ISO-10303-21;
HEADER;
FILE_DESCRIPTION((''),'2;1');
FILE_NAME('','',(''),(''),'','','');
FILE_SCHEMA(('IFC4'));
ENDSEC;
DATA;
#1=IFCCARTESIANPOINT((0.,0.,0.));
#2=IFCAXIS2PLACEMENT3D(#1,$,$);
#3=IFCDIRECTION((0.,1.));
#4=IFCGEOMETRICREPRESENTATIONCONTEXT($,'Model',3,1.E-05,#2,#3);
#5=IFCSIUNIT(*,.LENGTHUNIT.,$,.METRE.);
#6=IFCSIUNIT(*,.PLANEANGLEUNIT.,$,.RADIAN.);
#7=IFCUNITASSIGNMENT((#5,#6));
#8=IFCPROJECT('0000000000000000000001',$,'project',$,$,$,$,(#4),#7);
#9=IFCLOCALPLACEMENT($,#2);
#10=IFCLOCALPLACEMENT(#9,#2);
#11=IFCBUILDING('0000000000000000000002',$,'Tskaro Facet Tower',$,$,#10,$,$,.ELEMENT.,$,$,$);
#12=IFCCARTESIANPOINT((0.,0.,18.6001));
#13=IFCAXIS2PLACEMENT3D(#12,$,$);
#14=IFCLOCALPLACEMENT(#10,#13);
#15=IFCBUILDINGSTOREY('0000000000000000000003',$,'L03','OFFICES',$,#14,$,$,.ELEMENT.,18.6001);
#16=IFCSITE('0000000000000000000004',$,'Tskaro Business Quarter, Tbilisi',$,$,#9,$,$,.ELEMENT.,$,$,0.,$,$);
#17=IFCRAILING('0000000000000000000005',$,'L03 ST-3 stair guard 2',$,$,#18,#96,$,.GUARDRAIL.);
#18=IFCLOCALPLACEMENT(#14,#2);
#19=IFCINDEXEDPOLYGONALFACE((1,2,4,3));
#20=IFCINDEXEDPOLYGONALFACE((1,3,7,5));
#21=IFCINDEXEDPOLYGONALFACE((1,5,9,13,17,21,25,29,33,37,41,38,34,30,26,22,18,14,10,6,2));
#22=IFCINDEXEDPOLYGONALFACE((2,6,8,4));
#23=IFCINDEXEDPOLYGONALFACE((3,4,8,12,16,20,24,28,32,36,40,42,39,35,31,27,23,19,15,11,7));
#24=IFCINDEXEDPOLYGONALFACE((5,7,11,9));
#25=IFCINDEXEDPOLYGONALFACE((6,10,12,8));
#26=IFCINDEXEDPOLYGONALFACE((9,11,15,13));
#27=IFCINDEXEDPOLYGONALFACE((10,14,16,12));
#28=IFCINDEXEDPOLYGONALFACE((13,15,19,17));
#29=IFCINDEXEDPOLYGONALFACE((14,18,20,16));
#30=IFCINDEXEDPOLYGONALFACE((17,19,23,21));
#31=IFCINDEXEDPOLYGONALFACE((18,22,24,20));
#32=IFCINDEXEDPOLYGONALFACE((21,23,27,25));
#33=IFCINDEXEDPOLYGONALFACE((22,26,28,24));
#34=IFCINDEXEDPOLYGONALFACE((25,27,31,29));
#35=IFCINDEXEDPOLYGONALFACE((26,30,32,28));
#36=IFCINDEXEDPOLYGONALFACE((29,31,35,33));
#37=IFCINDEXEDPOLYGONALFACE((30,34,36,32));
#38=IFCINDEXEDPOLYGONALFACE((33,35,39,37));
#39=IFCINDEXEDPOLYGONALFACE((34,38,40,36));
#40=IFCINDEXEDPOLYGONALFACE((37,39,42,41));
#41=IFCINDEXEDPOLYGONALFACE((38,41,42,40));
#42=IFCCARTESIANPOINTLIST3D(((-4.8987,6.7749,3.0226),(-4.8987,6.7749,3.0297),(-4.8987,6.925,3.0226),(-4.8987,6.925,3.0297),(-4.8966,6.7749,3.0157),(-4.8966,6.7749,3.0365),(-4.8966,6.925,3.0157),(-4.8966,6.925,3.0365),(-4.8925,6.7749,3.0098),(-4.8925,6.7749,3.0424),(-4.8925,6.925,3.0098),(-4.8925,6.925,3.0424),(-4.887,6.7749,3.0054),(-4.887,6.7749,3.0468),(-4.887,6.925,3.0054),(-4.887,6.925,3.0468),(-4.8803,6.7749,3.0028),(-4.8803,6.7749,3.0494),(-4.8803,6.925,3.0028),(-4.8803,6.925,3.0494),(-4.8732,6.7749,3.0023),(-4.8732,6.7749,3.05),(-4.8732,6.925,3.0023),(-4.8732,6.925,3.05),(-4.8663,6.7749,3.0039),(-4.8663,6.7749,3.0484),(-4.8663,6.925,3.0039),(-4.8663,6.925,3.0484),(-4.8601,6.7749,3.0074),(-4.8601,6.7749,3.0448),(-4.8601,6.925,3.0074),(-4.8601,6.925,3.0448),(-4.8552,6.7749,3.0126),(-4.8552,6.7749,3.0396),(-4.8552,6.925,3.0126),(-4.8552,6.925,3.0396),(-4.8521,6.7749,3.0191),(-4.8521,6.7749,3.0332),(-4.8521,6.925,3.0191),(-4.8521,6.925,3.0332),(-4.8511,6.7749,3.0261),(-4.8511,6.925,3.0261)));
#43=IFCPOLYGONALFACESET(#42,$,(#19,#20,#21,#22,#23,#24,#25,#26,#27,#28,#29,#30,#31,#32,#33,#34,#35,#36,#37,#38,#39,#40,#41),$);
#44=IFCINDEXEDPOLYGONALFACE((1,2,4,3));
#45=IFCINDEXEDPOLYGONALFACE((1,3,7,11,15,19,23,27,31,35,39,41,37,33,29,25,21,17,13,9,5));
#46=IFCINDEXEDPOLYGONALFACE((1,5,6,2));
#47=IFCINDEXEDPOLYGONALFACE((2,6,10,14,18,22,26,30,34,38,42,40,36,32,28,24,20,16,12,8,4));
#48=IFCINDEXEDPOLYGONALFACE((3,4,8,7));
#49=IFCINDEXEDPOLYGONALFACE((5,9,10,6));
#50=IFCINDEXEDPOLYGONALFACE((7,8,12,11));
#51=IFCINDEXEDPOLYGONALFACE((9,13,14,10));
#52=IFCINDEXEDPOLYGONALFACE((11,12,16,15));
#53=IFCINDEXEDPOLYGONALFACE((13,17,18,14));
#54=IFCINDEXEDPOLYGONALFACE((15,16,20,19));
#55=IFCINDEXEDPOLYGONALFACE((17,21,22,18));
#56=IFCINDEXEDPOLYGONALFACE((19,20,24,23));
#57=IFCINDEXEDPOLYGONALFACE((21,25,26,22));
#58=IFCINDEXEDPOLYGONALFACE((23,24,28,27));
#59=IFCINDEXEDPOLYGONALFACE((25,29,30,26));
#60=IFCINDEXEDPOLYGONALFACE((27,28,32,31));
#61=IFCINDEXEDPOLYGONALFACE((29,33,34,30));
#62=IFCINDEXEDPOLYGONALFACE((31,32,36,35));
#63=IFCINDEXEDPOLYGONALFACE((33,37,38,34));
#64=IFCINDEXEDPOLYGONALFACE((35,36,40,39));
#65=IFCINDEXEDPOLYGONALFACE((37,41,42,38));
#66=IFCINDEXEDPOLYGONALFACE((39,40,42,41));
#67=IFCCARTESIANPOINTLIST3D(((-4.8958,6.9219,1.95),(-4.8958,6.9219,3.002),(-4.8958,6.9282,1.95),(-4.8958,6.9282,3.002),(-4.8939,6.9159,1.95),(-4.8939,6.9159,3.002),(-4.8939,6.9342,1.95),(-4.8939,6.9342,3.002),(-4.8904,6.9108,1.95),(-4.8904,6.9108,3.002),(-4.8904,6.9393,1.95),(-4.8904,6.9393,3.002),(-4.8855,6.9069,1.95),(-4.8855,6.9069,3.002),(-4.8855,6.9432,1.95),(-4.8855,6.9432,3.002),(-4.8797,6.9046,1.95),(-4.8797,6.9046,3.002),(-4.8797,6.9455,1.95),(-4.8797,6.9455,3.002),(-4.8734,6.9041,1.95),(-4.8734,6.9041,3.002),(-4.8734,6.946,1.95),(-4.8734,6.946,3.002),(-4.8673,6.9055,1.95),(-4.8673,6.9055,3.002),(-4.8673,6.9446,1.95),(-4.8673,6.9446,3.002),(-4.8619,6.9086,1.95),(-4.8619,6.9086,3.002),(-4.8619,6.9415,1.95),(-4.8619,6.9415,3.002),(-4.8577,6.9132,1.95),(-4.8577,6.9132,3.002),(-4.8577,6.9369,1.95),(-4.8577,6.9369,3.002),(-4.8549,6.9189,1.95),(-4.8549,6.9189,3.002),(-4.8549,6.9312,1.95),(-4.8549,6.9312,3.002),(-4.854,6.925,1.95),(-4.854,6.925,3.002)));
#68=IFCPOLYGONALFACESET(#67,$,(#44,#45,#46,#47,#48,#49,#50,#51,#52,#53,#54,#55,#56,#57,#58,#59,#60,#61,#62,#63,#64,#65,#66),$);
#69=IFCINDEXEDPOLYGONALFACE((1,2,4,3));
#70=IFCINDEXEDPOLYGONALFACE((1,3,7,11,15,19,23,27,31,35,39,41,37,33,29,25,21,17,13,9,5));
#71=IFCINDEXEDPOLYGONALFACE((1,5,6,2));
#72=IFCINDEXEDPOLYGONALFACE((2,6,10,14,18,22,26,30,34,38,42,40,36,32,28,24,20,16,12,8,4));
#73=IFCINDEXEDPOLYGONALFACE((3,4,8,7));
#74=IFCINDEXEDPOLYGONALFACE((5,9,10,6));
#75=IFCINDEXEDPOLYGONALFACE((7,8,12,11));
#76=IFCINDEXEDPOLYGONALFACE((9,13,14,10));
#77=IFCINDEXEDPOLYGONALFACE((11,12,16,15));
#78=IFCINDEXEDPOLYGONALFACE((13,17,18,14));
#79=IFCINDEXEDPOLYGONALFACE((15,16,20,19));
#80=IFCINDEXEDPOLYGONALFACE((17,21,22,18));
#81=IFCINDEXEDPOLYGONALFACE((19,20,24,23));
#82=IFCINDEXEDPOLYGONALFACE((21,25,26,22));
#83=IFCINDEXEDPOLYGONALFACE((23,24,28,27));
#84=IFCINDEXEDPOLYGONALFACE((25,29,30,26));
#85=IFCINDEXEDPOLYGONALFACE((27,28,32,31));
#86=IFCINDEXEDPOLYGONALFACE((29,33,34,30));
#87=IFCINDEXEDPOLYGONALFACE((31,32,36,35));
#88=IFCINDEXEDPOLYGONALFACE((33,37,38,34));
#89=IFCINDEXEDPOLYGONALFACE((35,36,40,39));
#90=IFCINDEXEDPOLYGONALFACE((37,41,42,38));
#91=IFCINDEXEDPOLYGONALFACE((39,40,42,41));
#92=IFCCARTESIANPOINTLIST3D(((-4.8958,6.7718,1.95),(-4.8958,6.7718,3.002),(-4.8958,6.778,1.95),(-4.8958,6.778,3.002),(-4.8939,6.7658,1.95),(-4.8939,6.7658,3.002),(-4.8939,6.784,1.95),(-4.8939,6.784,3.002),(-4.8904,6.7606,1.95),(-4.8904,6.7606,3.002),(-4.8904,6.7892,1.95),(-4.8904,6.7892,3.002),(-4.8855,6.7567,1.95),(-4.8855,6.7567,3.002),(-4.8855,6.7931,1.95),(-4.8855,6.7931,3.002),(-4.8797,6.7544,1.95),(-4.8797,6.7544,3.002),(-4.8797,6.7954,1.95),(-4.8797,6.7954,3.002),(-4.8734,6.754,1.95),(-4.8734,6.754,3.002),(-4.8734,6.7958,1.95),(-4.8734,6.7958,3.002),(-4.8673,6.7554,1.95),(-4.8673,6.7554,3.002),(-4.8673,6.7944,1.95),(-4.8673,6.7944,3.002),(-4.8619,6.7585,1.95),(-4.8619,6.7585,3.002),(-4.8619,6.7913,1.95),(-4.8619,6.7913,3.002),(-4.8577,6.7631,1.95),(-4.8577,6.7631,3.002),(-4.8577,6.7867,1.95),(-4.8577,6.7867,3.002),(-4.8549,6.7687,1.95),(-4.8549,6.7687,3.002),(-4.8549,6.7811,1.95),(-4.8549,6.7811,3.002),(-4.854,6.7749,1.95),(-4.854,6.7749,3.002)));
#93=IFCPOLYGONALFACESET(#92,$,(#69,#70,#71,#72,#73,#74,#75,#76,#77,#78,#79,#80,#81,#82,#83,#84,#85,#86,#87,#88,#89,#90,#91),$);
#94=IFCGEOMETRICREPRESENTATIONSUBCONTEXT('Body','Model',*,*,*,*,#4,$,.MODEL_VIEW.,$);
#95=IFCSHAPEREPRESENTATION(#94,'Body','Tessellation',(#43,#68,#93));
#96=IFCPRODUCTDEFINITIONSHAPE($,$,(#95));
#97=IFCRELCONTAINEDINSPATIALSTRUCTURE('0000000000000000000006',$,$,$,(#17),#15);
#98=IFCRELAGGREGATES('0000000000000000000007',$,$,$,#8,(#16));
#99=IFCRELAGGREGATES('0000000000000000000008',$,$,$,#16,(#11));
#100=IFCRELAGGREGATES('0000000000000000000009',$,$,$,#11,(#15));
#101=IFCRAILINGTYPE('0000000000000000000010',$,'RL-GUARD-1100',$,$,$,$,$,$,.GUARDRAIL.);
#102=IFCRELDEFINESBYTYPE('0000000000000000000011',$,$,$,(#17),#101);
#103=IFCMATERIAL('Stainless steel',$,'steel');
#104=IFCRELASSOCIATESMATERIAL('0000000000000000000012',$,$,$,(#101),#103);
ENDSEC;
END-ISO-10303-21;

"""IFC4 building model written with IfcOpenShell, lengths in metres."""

from ifc_helpers import new_model, si_unit, direction, frame, origin, origin_2d, place, context, subcontext, project, spatial, circle, extrude, material, type_object, element, save


model = new_model("IFC4")

# Units and contexts
model_context = context("Model", 3, precision=1e-05, world=origin(), true_north=direction((0.0, 1.0)))
body_context = subcontext(model_context, "Body", "Model", "MODEL_VIEW")
ifc_project = project(units=[si_unit("LENGTHUNIT", "METRE"), si_unit("PLANEANGLEUNIT", "RADIAN")], contexts=[model_context])

# Site, building, storey
site_placement = place(None, origin())
site = spatial("IfcSite", under=ifc_project, at=site_placement, Name="Tskaro Business Quarter, Tbilisi", CompositionType="ELEMENT", RefElevation=0.0)
building_placement = place(site_placement, origin())
building = spatial("IfcBuilding", under=site, at=building_placement, Name="Tskaro Facet Tower", CompositionType="ELEMENT")
storey_placement = place(building_placement, frame((0.0, 0.0, 18.6001)))
storey = spatial("IfcBuildingStorey", under=building, at=storey_placement, Name="L03", Description="OFFICES", CompositionType="ELEMENT", Elevation=18.6001)

# Railing
ifc_material_1 = material(Name="Stainless steel", Category="steel")
railing_type_1 = type_object("IfcRailingType", Name="RL-GUARD-1100", PredefinedType="GUARDRAIL", material=ifc_material_1)
railing_1_placement = place(storey_placement, frame((-4.875, 6.925, 1.95)))
element("IfcRailing", 1, at=railing_1_placement, inside=storey, type_object=railing_type_1, Name="L03 ST-3 stair guard 2", PredefinedType="GUARDRAIL", context=body_context, shape_type="SweptSolid", body=[
    extrude(circle(Radius=0.0239, at=origin_2d()), frame((0.0, 0.0, 1.0762), z_axis=(0.0, -1.0, 0.0), x_axis=(1.0, 0.0, 0.0)), (0.0, 0.0, 1.0), 0.1501),
    extrude(circle(Radius=0.021, at=origin_2d()), origin(), (0.0, 0.0, 1.0), 1.052),
    extrude(circle(Radius=0.021, at=origin_2d()), frame((0.0, -0.1501, 0.0)), (0.0, 0.0, 1.0), 1.052),
])

save(model, "model.ifc")
